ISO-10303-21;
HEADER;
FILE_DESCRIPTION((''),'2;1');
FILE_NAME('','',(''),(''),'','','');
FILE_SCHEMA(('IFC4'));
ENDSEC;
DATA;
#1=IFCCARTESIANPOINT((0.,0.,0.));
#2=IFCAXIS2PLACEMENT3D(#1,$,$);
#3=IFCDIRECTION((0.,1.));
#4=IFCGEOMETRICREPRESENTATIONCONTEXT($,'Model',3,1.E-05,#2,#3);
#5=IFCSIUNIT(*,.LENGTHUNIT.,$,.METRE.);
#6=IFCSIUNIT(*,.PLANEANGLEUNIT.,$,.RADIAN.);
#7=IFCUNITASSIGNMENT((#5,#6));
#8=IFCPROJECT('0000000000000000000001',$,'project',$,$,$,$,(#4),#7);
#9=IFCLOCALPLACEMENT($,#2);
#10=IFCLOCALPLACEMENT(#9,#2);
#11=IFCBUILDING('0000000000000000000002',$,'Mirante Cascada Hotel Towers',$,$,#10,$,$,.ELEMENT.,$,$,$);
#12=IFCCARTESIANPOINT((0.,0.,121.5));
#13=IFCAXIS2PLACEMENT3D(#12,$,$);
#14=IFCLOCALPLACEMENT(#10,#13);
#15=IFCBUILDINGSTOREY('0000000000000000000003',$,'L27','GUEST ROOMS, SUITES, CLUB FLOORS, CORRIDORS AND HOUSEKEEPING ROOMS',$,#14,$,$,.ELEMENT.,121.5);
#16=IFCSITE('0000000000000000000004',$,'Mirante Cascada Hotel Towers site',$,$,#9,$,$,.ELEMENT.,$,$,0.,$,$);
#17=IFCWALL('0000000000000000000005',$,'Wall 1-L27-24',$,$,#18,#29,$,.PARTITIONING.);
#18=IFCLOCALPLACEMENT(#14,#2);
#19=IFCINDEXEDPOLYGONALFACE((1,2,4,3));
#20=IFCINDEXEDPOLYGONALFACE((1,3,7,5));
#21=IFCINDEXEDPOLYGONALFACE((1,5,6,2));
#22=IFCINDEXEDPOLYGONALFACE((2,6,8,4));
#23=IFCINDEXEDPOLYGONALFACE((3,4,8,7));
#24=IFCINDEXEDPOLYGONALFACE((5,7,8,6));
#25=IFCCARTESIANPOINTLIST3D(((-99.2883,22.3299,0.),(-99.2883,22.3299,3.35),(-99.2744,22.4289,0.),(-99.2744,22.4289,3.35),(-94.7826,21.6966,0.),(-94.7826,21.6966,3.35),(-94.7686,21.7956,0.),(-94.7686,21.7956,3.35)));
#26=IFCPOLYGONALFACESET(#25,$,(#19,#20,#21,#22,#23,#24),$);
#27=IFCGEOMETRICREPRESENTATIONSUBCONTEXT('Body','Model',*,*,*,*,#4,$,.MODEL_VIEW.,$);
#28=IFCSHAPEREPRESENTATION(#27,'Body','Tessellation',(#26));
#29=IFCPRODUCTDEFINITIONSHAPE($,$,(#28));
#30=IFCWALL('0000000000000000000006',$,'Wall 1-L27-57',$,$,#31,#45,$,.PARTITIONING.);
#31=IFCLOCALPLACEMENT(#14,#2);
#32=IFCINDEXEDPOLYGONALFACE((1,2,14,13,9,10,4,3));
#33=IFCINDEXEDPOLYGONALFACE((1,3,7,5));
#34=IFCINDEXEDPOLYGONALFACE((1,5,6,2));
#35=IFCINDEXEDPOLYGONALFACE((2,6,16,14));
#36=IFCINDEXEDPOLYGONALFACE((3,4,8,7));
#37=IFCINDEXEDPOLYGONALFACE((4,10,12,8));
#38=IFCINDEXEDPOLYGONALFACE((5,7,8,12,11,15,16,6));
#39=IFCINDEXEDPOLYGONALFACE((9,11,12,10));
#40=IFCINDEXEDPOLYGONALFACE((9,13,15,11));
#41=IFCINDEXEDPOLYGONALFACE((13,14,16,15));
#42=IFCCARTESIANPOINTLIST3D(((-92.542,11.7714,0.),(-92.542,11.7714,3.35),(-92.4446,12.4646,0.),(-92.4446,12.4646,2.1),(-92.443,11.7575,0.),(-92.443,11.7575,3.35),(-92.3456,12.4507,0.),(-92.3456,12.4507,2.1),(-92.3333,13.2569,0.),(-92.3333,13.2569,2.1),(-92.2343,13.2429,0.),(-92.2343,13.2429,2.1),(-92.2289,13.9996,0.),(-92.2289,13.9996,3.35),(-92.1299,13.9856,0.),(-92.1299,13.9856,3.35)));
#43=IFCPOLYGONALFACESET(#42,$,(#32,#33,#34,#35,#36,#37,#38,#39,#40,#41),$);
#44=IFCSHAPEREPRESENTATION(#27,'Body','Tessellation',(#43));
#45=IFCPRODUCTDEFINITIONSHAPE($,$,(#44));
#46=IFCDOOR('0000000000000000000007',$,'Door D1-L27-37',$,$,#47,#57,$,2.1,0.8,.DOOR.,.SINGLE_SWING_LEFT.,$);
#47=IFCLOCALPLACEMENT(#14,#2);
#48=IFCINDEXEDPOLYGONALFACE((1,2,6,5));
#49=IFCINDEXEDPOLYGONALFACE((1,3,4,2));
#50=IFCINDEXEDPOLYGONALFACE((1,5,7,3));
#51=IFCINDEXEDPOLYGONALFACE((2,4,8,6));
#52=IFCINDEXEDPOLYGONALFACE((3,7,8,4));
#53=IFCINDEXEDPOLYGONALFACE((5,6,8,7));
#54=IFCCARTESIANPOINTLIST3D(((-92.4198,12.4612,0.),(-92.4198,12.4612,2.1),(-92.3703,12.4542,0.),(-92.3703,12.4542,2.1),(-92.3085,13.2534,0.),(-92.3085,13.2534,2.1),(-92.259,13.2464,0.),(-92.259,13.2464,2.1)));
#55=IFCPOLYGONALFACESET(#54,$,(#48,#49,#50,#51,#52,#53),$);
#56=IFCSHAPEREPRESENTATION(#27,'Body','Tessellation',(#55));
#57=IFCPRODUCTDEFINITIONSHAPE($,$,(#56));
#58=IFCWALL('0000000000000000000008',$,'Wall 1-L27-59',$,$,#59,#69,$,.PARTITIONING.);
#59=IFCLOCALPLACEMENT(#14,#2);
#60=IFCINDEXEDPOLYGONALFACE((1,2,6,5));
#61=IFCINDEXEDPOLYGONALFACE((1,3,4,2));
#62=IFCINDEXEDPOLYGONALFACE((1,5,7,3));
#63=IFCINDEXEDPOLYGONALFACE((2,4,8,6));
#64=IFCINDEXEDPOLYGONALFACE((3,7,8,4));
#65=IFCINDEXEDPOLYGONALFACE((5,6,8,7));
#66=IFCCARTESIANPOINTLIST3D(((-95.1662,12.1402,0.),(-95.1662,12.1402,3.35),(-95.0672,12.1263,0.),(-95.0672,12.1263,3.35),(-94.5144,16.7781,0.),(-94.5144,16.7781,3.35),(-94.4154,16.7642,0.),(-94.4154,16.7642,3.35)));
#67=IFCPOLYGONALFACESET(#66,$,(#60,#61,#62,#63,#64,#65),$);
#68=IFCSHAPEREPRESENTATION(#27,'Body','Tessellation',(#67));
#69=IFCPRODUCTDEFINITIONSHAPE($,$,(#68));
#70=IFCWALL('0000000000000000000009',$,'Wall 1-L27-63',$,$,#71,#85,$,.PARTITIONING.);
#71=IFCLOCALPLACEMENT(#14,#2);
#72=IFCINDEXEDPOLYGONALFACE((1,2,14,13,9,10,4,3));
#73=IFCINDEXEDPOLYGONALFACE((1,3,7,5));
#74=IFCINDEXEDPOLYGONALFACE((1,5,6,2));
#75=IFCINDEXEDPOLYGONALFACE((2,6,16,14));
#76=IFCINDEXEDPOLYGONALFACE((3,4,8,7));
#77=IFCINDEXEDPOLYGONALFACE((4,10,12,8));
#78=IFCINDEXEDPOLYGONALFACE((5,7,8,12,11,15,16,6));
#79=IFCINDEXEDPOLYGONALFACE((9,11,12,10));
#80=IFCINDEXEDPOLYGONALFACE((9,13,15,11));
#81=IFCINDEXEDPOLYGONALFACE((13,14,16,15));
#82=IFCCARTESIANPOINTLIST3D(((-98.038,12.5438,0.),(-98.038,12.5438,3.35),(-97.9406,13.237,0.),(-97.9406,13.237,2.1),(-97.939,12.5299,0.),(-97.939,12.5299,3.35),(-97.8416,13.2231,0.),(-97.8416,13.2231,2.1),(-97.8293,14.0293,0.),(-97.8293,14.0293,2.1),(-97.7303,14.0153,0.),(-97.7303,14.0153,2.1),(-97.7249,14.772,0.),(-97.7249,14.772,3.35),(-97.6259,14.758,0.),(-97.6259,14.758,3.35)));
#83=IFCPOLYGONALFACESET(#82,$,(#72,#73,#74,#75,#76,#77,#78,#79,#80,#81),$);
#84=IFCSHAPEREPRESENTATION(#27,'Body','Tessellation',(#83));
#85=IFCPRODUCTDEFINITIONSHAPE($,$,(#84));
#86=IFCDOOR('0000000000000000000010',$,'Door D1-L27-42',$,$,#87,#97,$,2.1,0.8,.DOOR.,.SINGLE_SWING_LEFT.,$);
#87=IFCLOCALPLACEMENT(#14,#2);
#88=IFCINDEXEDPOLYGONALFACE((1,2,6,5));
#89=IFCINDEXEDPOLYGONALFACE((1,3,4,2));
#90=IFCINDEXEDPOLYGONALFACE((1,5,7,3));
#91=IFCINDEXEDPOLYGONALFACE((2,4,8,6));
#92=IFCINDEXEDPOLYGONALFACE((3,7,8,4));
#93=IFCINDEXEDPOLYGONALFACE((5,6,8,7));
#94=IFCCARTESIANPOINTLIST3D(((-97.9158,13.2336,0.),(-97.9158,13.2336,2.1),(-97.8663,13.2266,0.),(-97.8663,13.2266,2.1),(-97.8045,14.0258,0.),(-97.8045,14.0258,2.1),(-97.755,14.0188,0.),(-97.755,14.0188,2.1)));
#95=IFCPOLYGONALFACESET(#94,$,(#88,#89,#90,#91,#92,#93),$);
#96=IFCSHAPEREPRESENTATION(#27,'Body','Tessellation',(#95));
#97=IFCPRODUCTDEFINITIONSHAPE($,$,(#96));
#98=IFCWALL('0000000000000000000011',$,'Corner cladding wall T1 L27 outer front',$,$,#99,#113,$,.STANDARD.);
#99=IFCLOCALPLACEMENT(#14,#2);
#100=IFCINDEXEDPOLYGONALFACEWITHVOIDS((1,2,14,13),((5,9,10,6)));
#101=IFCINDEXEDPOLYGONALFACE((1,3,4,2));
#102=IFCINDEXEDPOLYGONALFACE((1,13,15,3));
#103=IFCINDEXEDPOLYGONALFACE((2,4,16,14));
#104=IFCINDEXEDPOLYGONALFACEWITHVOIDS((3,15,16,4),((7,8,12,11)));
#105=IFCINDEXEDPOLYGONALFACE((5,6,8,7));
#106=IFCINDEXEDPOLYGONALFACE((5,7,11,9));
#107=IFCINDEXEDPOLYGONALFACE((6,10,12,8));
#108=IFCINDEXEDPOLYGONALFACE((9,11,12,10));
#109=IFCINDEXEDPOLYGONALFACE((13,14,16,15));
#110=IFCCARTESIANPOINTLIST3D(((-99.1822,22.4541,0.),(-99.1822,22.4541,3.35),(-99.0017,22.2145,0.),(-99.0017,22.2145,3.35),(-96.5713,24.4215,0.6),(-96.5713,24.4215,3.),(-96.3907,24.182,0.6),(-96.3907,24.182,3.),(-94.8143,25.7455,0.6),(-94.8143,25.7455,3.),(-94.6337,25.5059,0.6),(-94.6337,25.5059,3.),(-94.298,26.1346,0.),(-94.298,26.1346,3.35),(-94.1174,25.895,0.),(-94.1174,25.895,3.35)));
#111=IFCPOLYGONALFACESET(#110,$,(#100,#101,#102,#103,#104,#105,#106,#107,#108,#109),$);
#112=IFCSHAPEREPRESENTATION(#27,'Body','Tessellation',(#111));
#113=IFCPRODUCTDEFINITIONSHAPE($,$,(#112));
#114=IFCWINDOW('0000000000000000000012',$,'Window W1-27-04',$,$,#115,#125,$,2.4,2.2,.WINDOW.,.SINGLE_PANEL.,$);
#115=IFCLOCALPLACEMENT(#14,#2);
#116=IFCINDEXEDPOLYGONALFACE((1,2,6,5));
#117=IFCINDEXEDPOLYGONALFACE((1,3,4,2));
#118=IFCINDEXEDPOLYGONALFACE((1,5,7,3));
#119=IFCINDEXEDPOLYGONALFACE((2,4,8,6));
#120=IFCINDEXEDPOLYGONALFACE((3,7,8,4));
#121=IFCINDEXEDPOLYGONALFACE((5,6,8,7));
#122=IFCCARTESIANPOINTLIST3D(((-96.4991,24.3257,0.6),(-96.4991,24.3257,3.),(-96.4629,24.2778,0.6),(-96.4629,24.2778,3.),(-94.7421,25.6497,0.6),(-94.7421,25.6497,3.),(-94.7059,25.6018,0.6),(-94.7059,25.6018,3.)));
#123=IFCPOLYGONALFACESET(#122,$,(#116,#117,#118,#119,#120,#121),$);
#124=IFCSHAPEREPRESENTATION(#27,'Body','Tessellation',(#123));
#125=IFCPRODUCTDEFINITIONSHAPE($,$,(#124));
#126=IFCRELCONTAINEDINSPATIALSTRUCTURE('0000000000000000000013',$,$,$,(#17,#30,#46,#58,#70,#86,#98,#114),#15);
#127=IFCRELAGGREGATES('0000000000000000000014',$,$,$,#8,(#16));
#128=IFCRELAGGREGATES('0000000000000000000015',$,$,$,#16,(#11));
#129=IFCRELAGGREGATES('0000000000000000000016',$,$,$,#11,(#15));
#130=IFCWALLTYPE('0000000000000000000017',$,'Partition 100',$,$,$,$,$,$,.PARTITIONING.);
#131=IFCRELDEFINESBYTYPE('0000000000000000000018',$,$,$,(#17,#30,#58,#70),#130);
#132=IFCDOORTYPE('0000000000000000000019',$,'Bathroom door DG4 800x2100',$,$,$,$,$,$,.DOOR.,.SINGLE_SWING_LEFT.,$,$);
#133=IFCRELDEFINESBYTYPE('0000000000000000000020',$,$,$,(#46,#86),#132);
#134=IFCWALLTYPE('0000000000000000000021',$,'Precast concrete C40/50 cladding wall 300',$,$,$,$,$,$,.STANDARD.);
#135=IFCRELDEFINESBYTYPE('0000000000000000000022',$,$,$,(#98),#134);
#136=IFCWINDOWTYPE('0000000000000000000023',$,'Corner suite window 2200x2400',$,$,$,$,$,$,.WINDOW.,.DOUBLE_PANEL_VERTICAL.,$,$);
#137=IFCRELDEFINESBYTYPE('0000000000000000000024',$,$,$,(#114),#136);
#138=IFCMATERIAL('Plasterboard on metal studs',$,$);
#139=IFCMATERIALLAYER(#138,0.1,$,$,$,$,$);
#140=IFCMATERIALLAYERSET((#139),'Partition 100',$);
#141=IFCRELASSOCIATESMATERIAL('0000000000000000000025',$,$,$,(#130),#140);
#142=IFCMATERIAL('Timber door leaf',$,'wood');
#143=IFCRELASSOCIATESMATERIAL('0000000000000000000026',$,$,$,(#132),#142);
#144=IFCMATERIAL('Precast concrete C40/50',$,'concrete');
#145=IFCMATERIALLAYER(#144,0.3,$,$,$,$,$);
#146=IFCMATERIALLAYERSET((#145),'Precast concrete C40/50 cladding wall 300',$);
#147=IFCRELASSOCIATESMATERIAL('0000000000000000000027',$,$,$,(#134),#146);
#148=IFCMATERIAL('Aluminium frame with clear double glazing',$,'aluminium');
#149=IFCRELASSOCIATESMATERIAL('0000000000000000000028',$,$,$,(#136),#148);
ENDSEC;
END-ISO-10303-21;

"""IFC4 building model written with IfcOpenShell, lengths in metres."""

from ifc_helpers import new_model, si_unit, direction, frame, frame_2d, origin, place, context, subcontext, project, spatial, rectangle, extrude, material, layer, layer_set, type_object, element, fill, save


model = new_model("IFC4")

# Units and contexts
model_context = context("Model", 3, precision=1e-05, world=origin(), true_north=direction((0.0, 1.0)))
body_context = subcontext(model_context, "Body", "Model", "MODEL_VIEW")
ifc_project = project(units=[si_unit("LENGTHUNIT", "METRE"), si_unit("PLANEANGLEUNIT", "RADIAN")], contexts=[model_context])

# Site, building, storey
site_placement = place(None, origin())
site = spatial("IfcSite", under=ifc_project, at=site_placement, Name="Mirante Cascada Hotel Towers site", CompositionType="ELEMENT", RefElevation=0.0)
building_placement = place(site_placement, origin())
building = spatial("IfcBuilding", under=site, at=building_placement, Name="Mirante Cascada Hotel Towers", CompositionType="ELEMENT")
storey_placement = place(building_placement, frame((0.0, 0.0, 121.5)))
storey = spatial("IfcBuildingStorey", under=building, at=storey_placement, Name="L27", Description="GUEST ROOMS, SUITES, CLUB FLOORS, CORRIDORS AND HOUSEKEEPING ROOMS", CompositionType="ELEMENT", Elevation=121.5)

# Shared definitions
ifc_material_1 = material(Name="Plasterboard on metal studs")
ifc_layer_1 = layer(ifc_material_1, 0.1)
ifc_layer_set_1 = layer_set([ifc_layer_1], Name="Partition 100")
wall_type_1 = type_object("IfcWallType", Name="Partition 100", PredefinedType="PARTITIONING", material=ifc_layer_set_1)

# Wall
wall_1_placement = place(storey_placement, frame((-94.7756, 21.7461, 0.0), z_axis=(0.0, 0.0, 1.0), x_axis=(-0.990266, 0.139187, 0.0)))
element("IfcWall", 1, at=wall_1_placement, inside=storey, type_object=wall_type_1, Name="Wall 1-L27-24", PredefinedType="PARTITIONING", context=body_context, shape_type="SweptSolid", body=[
    extrude(rectangle(XDim=4.55, YDim=0.1, at=frame_2d((2.275, 0.0))), origin(), (0.0, 0.0, 1.0), 3.35),
])

# Wall, opening, door
wall_2_placement = place(storey_placement, frame((-92.1794, 13.9926, 0.0), z_axis=(0.0, 0.0, 1.0), x_axis=(-0.139156, -0.990271, 0.0)))
wall_2 = element("IfcWall", 2, at=wall_2_placement, inside=storey, type_object=wall_type_1, Name="Wall 1-L27-57", PredefinedType="PARTITIONING", context=body_context, shape_type="SweptSolid", body=[
    extrude(rectangle(XDim=2.25, YDim=0.1, at=frame_2d((1.125, 0.0))), origin(), (0.0, 0.0, 1.0), 3.35),
])
opening_1_placement = place(wall_2_placement, frame((0.75, 0.0, 0.0)))
opening_1 = element("IfcOpeningElement", 3, at=opening_1_placement, cuts=wall_2, PredefinedType="OPENING", context=body_context, shape_type="SweptSolid", body=[
    extrude(rectangle(XDim=0.8, YDim=2.1, at=frame_2d((0.4, 1.05))), frame((0.0, 0.05, 0.0), z_axis=(0.0, -1.0, 0.0), x_axis=(1.0, 0.0, 0.0)), (0.0, 0.0, 1.0), 0.1),
])
ifc_material_2 = material(Name="Timber door leaf", Category="wood")
door_type_1 = type_object("IfcDoorType", Name="Bathroom door DG4 800x2100", OperationType="SINGLE_SWING_LEFT", PredefinedType="DOOR", material=ifc_material_2)
door_1_placement = place(opening_1_placement, origin())
door_1 = element("IfcDoor", 4, at=door_1_placement, inside=storey, type_object=door_type_1, Name="Door D1-L27-37", OperationType="SINGLE_SWING_LEFT", OverallHeight=2.1, OverallWidth=0.8, PredefinedType="DOOR", context=body_context, shape_type="SweptSolid", body=[
    extrude(rectangle(XDim=0.8, YDim=2.1, at=frame_2d((0.4, 1.05))), frame((0.0, 0.025, 0.0), z_axis=(0.0, -1.0, 0.0), x_axis=(1.0, 0.0, 0.0)), (0.0, 0.0, 1.0), 0.05),
])
fill(opening_1, door_1)

# Wall
wall_3_placement = place(storey_placement, frame((-94.4649, 16.7712, 0.0), z_axis=(0.0, 0.0, 1.0), x_axis=(-0.13917, -0.990268, 0.0)))
element("IfcWall", 5, at=wall_3_placement, inside=storey, type_object=wall_type_1, Name="Wall 1-L27-59", PredefinedType="PARTITIONING", context=body_context, shape_type="SweptSolid", body=[
    extrude(rectangle(XDim=4.6835, YDim=0.1, at=frame_2d((2.3418, 0.0))), origin(), (0.0, 0.0, 1.0), 3.35),
])

# Wall, opening, door
wall_4_placement = place(storey_placement, frame((-97.6754, 14.765, 0.0), z_axis=(0.0, 0.0, 1.0), x_axis=(-0.139156, -0.990271, 0.0)))
wall_4 = element("IfcWall", 6, at=wall_4_placement, inside=storey, type_object=wall_type_1, Name="Wall 1-L27-63", PredefinedType="PARTITIONING", context=body_context, shape_type="SweptSolid", body=[
    extrude(rectangle(XDim=2.25, YDim=0.1, at=frame_2d((1.125, 0.0))), origin(), (0.0, 0.0, 1.0), 3.35),
])
opening_2_placement = place(wall_4_placement, frame((0.75, 0.0, 0.0)))
opening_2 = element("IfcOpeningElement", 7, at=opening_2_placement, cuts=wall_4, PredefinedType="OPENING", context=body_context, shape_type="SweptSolid", body=[
    extrude(rectangle(XDim=0.8, YDim=2.1, at=frame_2d((0.4, 1.05))), frame((0.0, 0.05, 0.0), z_axis=(0.0, -1.0, 0.0), x_axis=(1.0, 0.0, 0.0)), (0.0, 0.0, 1.0), 0.1),
])
door_2_placement = place(opening_2_placement, origin())
door_2 = element("IfcDoor", 8, at=door_2_placement, inside=storey, type_object=door_type_1, Name="Door D1-L27-42", OperationType="SINGLE_SWING_LEFT", OverallHeight=2.1, OverallWidth=0.8, PredefinedType="DOOR", context=body_context, shape_type="SweptSolid", body=[
    extrude(rectangle(XDim=0.8, YDim=2.1, at=frame_2d((0.4, 1.05))), frame((0.0, 0.025, 0.0), z_axis=(0.0, -1.0, 0.0), x_axis=(1.0, 0.0, 0.0)), (0.0, 0.0, 1.0), 0.05),
])
fill(opening_2, door_2)

# Wall, opening, window
ifc_material_3 = material(Name="Precast concrete C40/50", Category="concrete")
ifc_layer_2 = layer(ifc_material_3, 0.3)
ifc_layer_set_2 = layer_set([ifc_layer_2], Name="Precast concrete C40/50 cladding wall 300")
wall_type_2 = type_object("IfcWallType", Name="Precast concrete C40/50 cladding wall 300", PredefinedType="STANDARD", material=ifc_layer_set_2)
wall_5_placement = place(storey_placement, frame((-99.0919, 22.3343, 0.0), z_axis=(0.0, 0.0, 1.0), x_axis=(0.798636, 0.601814, 0.0)))
wall_5 = element("IfcWall", 9, at=wall_5_placement, inside=storey, type_object=wall_type_2, Name="Corner cladding wall T1 L27 outer front", PredefinedType="STANDARD", context=body_context, shape_type="SweptSolid", body=[
    extrude(rectangle(XDim=6.1157, YDim=0.3, at=frame_2d((3.0578, 0.0))), origin(), (0.0, 0.0, 1.0), 3.35),
])
opening_3_placement = place(wall_5_placement, frame((3.2692, 0.0, 0.6)))
opening_3 = element("IfcOpeningElement", 10, at=opening_3_placement, cuts=wall_5, PredefinedType="OPENING", context=body_context, shape_type="SweptSolid", body=[
    extrude(rectangle(XDim=2.2, YDim=2.4, at=frame_2d((1.1, 1.2))), frame((0.0, 0.15, 0.0), z_axis=(0.0, -1.0, 0.0), x_axis=(1.0, 0.0, 0.0)), (0.0, 0.0, 1.0), 0.3),
])
ifc_material_4 = material(Name="Aluminium frame with clear double glazing", Category="aluminium")
window_type = type_object("IfcWindowType", Name="Corner suite window 2200x2400", PartitioningType="DOUBLE_PANEL_VERTICAL", PredefinedType="WINDOW", material=ifc_material_4)
window_placement = place(opening_3_placement, origin())
window = element("IfcWindow", 11, at=window_placement, inside=storey, type_object=window_type, Name="Window W1-27-04", OverallHeight=2.4, OverallWidth=2.2, PartitioningType="SINGLE_PANEL", PredefinedType="WINDOW", context=body_context, shape_type="SweptSolid", body=[
    extrude(rectangle(XDim=2.2, YDim=2.4, at=frame_2d((1.1, 1.2))), frame((0.0, 0.03, 0.0), z_axis=(0.0, -1.0, 0.0), x_axis=(1.0, 0.0, 0.0)), (0.0, 0.0, 1.0), 0.06),
])
fill(opening_3, window)

save(model, "model.ifc")
